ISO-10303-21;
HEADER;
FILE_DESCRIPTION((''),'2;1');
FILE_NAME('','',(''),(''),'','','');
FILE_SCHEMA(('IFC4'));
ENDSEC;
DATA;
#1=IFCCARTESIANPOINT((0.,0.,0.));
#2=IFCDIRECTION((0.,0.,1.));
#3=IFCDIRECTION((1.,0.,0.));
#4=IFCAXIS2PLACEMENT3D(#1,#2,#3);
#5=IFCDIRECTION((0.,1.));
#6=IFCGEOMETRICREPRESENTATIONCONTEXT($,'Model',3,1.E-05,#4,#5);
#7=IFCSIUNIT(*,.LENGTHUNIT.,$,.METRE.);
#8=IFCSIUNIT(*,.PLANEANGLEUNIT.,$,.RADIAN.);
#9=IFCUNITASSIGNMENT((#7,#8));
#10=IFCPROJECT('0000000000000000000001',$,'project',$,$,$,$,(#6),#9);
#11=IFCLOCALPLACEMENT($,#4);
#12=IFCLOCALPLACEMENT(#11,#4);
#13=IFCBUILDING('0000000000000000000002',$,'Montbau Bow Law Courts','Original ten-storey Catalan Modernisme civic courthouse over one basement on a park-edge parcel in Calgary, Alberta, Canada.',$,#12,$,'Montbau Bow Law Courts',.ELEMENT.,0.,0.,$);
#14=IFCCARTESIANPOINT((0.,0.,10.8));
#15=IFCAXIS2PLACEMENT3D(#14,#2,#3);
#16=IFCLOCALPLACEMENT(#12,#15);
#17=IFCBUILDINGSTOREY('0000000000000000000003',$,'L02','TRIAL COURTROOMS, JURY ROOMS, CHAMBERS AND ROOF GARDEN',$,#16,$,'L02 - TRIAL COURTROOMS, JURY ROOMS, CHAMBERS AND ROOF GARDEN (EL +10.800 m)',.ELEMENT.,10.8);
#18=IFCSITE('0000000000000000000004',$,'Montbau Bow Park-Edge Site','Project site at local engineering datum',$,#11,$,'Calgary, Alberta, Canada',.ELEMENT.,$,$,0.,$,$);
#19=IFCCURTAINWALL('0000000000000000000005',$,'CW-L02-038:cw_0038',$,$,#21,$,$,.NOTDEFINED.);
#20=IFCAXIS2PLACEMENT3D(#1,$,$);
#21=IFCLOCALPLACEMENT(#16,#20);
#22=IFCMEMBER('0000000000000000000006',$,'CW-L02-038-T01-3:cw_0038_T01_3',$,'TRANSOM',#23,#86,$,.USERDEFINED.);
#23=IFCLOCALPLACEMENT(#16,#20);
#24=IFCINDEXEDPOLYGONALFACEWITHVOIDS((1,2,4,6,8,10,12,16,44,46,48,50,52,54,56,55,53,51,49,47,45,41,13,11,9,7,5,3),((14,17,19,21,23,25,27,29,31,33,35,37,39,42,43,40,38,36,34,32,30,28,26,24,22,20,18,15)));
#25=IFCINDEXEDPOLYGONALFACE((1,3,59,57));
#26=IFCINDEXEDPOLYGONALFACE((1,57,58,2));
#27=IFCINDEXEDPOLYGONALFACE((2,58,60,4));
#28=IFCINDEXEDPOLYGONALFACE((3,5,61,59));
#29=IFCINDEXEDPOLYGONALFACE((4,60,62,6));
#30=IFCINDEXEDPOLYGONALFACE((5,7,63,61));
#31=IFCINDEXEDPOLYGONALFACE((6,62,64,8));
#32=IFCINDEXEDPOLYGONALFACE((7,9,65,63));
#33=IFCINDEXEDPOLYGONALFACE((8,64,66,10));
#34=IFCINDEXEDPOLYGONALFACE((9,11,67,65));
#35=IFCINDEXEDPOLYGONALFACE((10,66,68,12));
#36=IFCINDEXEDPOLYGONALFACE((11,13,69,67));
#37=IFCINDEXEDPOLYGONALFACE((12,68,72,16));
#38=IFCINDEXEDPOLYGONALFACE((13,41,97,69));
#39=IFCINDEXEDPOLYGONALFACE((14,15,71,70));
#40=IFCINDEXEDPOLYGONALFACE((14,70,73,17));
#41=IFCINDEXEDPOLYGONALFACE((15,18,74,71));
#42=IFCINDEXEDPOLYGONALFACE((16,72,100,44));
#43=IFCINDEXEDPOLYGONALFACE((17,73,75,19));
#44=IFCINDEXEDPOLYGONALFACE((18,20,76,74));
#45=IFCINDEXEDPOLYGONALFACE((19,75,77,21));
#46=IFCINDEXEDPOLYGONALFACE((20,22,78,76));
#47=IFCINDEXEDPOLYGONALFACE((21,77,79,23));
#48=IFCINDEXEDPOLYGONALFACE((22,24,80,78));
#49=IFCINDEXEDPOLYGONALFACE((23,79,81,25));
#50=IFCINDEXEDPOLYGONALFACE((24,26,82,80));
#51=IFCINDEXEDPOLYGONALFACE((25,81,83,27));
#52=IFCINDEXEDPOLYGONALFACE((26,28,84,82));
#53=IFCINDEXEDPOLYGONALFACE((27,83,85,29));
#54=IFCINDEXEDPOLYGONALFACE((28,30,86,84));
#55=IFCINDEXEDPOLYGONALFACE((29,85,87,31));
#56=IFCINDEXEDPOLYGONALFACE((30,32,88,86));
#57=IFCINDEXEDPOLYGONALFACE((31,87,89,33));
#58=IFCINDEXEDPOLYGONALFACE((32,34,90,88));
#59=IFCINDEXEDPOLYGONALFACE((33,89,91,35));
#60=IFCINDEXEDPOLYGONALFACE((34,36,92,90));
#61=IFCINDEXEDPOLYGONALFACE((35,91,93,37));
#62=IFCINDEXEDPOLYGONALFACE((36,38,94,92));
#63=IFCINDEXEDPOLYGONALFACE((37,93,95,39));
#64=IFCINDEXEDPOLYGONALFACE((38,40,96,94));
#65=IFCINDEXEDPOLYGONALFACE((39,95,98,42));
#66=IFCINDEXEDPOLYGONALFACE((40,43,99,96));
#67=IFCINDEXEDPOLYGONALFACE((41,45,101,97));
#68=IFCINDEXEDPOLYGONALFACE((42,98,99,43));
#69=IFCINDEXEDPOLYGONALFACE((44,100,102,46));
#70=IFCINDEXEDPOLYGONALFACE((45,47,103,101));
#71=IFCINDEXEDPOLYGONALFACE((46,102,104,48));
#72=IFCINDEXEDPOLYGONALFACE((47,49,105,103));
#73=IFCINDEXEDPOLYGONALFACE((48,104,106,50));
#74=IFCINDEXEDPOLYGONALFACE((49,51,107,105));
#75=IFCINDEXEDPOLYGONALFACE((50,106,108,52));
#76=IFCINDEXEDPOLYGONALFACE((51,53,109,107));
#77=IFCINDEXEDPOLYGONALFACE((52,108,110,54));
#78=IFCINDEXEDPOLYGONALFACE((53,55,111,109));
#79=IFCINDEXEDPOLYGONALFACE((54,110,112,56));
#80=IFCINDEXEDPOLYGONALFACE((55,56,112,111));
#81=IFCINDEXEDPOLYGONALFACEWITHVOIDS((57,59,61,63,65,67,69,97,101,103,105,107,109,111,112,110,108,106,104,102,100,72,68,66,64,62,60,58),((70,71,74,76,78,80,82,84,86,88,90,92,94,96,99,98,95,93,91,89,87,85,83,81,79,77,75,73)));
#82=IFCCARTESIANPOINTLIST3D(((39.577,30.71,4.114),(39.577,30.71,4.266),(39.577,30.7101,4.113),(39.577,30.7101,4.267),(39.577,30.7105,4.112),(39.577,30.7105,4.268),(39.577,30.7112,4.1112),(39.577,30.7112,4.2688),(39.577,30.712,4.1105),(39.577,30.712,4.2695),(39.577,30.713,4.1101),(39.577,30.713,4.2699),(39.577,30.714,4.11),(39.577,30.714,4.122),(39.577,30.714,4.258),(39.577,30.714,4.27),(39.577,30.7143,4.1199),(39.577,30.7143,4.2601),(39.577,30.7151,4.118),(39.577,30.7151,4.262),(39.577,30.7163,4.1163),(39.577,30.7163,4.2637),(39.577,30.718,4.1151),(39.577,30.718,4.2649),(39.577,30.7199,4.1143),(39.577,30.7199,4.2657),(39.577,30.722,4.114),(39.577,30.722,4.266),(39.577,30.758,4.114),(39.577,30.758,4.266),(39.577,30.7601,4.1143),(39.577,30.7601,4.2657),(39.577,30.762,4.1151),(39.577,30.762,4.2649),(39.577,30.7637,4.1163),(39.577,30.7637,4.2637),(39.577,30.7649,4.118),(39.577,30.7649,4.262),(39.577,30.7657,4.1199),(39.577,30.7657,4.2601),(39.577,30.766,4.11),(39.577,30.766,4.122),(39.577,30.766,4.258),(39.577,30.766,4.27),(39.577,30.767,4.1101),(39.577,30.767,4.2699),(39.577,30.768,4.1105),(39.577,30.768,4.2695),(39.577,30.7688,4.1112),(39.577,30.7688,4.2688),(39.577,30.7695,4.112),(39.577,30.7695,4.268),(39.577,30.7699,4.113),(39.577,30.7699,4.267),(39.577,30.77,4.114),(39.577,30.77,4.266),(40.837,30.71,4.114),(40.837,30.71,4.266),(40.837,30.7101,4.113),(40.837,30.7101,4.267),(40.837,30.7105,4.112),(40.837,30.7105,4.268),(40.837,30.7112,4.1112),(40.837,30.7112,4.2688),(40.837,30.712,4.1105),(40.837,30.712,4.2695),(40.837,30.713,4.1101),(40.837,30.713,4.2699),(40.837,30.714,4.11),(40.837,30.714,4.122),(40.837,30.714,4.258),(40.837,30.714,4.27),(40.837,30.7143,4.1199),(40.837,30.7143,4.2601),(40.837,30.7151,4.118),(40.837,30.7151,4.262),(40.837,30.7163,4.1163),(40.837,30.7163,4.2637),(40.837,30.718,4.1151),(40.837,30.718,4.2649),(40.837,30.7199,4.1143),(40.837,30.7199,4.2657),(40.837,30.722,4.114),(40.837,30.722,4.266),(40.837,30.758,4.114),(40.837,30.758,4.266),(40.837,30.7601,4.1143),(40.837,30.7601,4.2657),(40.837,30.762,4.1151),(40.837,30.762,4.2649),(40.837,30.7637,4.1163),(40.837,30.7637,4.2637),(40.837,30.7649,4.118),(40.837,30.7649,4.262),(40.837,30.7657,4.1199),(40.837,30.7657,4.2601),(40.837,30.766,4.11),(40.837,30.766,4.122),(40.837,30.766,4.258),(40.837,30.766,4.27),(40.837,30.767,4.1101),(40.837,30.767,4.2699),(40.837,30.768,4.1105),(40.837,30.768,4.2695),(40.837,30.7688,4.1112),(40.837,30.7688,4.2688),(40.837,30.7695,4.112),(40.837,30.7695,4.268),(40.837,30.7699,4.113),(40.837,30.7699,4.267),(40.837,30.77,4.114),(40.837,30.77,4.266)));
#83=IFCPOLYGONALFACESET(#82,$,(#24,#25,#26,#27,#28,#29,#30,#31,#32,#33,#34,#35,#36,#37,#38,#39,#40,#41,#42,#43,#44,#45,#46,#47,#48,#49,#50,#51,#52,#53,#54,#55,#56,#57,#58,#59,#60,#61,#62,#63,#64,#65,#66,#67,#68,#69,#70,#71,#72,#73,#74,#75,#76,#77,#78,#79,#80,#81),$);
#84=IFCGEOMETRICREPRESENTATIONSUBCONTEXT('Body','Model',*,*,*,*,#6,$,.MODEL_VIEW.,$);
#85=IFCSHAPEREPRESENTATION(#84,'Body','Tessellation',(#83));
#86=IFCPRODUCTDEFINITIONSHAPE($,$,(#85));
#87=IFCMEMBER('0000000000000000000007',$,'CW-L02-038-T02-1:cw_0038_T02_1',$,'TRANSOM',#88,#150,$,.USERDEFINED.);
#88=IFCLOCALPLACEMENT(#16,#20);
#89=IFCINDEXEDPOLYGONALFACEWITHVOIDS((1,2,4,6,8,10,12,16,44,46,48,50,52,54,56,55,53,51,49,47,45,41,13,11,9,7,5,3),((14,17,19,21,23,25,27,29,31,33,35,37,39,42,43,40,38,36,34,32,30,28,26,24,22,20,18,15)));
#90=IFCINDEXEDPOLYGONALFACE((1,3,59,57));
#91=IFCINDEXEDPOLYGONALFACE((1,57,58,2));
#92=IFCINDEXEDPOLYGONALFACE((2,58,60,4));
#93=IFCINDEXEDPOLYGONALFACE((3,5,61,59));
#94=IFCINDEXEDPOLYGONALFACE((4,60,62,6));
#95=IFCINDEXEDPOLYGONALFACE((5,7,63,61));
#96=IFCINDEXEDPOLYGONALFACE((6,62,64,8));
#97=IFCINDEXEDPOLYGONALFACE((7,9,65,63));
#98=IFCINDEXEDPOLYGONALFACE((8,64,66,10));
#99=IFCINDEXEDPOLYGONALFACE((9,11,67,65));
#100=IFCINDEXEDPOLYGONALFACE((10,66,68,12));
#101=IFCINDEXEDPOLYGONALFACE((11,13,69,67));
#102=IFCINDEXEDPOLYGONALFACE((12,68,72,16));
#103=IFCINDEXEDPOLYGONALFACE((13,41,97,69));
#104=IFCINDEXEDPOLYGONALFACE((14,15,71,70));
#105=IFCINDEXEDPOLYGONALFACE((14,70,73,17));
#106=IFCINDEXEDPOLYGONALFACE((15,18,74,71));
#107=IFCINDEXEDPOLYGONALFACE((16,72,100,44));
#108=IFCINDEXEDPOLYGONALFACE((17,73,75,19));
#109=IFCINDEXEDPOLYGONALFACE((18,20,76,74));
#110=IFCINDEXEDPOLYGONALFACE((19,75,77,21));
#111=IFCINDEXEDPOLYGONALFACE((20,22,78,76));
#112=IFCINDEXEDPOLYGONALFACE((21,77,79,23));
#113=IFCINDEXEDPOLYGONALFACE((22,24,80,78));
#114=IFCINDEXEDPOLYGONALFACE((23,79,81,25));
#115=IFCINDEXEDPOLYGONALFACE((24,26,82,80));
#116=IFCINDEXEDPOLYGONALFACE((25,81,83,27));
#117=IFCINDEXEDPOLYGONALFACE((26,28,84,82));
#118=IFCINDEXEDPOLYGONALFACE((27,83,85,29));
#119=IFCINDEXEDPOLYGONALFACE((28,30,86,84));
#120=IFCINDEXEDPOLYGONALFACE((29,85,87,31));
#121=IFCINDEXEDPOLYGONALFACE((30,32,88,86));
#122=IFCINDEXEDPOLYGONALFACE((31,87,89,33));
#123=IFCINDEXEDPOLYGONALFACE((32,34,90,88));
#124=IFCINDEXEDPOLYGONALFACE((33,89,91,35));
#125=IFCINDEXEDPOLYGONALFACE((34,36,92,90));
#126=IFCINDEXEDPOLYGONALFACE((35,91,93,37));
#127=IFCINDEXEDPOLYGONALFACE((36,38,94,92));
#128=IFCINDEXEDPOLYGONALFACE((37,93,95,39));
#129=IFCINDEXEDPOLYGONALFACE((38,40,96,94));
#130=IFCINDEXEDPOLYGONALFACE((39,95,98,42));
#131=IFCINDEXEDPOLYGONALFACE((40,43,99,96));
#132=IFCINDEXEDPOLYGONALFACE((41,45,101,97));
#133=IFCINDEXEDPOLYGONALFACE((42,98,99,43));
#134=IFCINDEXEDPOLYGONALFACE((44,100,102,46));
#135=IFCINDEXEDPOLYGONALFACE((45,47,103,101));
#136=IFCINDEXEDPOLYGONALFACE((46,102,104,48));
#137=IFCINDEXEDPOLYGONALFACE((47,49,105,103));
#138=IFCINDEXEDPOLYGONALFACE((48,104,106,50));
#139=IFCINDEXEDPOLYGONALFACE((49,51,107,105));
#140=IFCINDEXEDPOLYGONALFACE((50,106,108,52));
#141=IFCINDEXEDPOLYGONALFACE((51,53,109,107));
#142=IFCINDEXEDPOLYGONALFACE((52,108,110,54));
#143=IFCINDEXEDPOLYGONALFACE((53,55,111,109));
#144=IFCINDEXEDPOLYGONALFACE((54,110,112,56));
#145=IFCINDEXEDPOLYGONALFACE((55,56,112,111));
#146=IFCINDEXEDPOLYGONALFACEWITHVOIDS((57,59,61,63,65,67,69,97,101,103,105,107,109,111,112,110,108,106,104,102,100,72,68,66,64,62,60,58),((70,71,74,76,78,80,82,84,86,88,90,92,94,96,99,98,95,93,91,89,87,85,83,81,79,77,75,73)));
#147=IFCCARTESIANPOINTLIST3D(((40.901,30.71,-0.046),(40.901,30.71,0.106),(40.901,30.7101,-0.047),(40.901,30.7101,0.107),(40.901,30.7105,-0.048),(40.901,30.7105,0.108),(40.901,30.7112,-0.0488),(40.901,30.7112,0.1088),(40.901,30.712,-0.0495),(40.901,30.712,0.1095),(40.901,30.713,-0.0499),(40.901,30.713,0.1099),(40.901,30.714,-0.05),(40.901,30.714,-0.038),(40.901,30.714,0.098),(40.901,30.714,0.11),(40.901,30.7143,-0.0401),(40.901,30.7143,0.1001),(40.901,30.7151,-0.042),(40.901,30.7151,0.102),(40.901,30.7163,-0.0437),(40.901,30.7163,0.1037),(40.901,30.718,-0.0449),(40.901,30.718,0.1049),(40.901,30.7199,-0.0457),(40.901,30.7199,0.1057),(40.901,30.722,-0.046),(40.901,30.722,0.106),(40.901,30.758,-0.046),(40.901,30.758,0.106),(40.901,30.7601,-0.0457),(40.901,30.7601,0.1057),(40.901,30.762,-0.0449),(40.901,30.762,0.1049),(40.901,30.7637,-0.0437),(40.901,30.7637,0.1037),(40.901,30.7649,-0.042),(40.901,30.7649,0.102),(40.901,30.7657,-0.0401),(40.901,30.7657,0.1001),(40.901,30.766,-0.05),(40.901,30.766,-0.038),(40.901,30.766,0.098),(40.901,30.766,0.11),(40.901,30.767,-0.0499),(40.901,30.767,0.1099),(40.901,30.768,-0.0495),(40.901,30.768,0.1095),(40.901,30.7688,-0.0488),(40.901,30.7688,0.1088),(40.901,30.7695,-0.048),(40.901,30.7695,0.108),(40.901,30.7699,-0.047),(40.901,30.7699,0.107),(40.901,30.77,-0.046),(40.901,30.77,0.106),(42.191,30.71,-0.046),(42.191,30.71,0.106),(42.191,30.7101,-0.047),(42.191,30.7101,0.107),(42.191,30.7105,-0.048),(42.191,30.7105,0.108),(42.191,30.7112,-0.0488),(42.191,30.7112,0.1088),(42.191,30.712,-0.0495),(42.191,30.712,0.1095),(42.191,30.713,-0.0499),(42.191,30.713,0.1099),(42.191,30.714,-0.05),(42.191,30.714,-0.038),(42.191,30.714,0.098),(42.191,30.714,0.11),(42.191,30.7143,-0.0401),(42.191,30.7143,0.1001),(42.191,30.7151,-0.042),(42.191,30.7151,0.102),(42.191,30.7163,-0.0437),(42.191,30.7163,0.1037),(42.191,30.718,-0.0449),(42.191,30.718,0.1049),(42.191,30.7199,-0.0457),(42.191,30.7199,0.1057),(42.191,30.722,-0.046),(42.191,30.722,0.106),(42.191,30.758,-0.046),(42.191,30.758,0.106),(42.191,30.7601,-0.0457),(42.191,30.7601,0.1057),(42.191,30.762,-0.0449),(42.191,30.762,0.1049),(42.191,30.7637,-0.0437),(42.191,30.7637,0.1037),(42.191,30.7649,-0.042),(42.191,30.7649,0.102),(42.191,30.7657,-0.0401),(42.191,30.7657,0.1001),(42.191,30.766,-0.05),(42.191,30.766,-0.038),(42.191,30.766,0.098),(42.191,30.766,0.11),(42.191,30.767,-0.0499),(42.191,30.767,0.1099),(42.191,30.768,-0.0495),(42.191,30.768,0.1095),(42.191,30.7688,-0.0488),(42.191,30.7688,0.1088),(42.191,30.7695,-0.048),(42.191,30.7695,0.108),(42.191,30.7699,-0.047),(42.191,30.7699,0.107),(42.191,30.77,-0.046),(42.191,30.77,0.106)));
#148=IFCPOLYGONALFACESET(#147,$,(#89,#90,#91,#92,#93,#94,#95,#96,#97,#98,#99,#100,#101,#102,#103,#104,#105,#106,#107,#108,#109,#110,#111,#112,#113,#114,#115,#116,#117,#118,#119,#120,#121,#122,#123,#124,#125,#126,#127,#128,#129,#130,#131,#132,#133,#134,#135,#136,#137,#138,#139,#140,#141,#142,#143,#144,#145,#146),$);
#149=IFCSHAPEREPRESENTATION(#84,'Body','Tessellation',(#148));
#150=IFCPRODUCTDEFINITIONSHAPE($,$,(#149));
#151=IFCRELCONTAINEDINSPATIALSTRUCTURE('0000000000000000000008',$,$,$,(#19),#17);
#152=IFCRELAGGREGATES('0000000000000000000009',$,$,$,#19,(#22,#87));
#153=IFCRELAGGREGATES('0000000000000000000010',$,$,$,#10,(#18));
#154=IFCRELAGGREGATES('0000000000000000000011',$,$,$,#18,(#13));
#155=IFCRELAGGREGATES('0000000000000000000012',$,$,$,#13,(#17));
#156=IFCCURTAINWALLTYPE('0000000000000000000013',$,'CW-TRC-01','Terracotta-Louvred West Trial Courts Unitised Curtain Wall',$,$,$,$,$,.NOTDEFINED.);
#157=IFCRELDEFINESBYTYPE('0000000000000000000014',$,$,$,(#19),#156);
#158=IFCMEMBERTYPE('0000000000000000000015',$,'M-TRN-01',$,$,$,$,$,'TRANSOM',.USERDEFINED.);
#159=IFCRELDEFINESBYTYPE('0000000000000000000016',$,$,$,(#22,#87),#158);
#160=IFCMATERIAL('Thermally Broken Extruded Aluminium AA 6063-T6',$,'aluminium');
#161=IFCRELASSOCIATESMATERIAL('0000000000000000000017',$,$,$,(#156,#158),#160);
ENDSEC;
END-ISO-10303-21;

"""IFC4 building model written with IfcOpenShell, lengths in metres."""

from ifc_helpers import new_model, si_unit, direction, frame, origin_with_axes, origin_2d_with_axis, place, context, subcontext, project, spatial, hollow_rectangle, extrude, material, material_profile, profile_set, type_object, element, aggregate, save


model = new_model("IFC4")

# Units and contexts
model_context = context("Model", 3, precision=1e-05, world=origin_with_axes(), true_north=direction((0.0, 1.0)))
body_context = subcontext(model_context, "Body", "Model", "MODEL_VIEW")
ifc_project = project(units=[si_unit("LENGTHUNIT", "METRE"), si_unit("PLANEANGLEUNIT", "RADIAN")], contexts=[model_context])

# Site, building, storey
site_placement = place(None, origin_with_axes())
site = spatial("IfcSite", under=ifc_project, at=site_placement, Name="Montbau Bow Park-Edge Site", Description="Project site at local engineering datum", LongName="Calgary, Alberta, Canada", CompositionType="ELEMENT", RefElevation=0.0)
building_placement = place(site_placement, origin_with_axes())
building = spatial("IfcBuilding", under=site, at=building_placement, Name="Montbau Bow Law Courts", Description="Original ten-storey Catalan Modernisme civic courthouse over one basement on a park-edge parcel in Calgary, Alberta, Canada.", LongName="Montbau Bow Law Courts", CompositionType="ELEMENT", ElevationOfRefHeight=0.0, ElevationOfTerrain=0.0)
storey_placement = place(building_placement, frame((0.0, 0.0, 10.8), z_axis=(0.0, 0.0, 1.0), x_axis=(1.0, 0.0, 0.0)))
storey = spatial("IfcBuildingStorey", under=building, at=storey_placement, Name="L02", Description="TRIAL COURTROOMS, JURY ROOMS, CHAMBERS AND ROOF GARDEN", LongName="L02 - TRIAL COURTROOMS, JURY ROOMS, CHAMBERS AND ROOF GARDEN (EL +10.800 m)", CompositionType="ELEMENT", Elevation=10.8)

# Curtain wall, members
ifc_material_1 = material(Name="Thermally Broken Extruded Aluminium AA 6063-T6", Category="aluminium")
curtain_wall_type = type_object("IfcCurtainWallType", Name="CW-TRC-01", Description="Terracotta-Louvred West Trial Courts Unitised Curtain Wall", PredefinedType="NOTDEFINED", material=ifc_material_1)
curtain_wall_placement = place(None, frame((39.515, 30.74, 10.8), z_axis=(0.0, 0.0, 1.0), x_axis=(1.0, 0.0, 0.0)))
curtain_wall = element("IfcCurtainWall", 1, at=curtain_wall_placement, inside=storey, type_object=curtain_wall_type, Name="CW-L02-038:cw_0038", PredefinedType="NOTDEFINED")
ifc_material_profile_1 = material_profile(ifc_material_1, hollow_rectangle(XDim=0.06, YDim=0.16, WallThickness=0.004, InnerFilletRadius=0.008, OuterFilletRadius=0.004, at=origin_2d_with_axis()), Name="CWT-160X60", Category="Main", Priority=0)
ifc_profile_set_1 = profile_set([ifc_material_profile_1], Name="Thermally Broken Extruded Aluminium AA 6063-T6")
member_type_1 = type_object("IfcMemberType", Name="M-TRN-01", ElementType="TRANSOM", PredefinedType="USERDEFINED", material=ifc_profile_set_1)
member_1_placement = place(None, frame((39.577, 30.74, 14.99), z_axis=(1.0, 0.0, 0.0), x_axis=(0.0, 1.0, 0.0)))
member_1 = element("IfcMember", 2, at=member_1_placement, type_object=member_type_1, Name="CW-L02-038-T01-3:cw_0038_T01_3", ObjectType="TRANSOM", PredefinedType="USERDEFINED", context=body_context, shape_type="SweptSolid", body=[
    extrude(hollow_rectangle(XDim=0.06, YDim=0.16, WallThickness=0.004, InnerFilletRadius=0.008, OuterFilletRadius=0.004, at=origin_2d_with_axis()), origin_with_axes(), (0.0, 0.0, 1.0), 1.26),
])
member_2_placement = place(None, frame((40.901, 30.74, 10.83), z_axis=(1.0, 0.0, 0.0), x_axis=(0.0, 1.0, 0.0)))
member_2 = element("IfcMember", 3, at=member_2_placement, type_object=member_type_1, Name="CW-L02-038-T02-1:cw_0038_T02_1", ObjectType="TRANSOM", PredefinedType="USERDEFINED", context=body_context, shape_type="SweptSolid", body=[
    extrude(hollow_rectangle(XDim=0.06, YDim=0.16, WallThickness=0.004, InnerFilletRadius=0.008, OuterFilletRadius=0.004, at=origin_2d_with_axis()), origin_with_axes(), (0.0, 0.0, 1.0), 1.29),
])
aggregate(curtain_wall, [member_1, member_2])

save(model, "model.ifc")
